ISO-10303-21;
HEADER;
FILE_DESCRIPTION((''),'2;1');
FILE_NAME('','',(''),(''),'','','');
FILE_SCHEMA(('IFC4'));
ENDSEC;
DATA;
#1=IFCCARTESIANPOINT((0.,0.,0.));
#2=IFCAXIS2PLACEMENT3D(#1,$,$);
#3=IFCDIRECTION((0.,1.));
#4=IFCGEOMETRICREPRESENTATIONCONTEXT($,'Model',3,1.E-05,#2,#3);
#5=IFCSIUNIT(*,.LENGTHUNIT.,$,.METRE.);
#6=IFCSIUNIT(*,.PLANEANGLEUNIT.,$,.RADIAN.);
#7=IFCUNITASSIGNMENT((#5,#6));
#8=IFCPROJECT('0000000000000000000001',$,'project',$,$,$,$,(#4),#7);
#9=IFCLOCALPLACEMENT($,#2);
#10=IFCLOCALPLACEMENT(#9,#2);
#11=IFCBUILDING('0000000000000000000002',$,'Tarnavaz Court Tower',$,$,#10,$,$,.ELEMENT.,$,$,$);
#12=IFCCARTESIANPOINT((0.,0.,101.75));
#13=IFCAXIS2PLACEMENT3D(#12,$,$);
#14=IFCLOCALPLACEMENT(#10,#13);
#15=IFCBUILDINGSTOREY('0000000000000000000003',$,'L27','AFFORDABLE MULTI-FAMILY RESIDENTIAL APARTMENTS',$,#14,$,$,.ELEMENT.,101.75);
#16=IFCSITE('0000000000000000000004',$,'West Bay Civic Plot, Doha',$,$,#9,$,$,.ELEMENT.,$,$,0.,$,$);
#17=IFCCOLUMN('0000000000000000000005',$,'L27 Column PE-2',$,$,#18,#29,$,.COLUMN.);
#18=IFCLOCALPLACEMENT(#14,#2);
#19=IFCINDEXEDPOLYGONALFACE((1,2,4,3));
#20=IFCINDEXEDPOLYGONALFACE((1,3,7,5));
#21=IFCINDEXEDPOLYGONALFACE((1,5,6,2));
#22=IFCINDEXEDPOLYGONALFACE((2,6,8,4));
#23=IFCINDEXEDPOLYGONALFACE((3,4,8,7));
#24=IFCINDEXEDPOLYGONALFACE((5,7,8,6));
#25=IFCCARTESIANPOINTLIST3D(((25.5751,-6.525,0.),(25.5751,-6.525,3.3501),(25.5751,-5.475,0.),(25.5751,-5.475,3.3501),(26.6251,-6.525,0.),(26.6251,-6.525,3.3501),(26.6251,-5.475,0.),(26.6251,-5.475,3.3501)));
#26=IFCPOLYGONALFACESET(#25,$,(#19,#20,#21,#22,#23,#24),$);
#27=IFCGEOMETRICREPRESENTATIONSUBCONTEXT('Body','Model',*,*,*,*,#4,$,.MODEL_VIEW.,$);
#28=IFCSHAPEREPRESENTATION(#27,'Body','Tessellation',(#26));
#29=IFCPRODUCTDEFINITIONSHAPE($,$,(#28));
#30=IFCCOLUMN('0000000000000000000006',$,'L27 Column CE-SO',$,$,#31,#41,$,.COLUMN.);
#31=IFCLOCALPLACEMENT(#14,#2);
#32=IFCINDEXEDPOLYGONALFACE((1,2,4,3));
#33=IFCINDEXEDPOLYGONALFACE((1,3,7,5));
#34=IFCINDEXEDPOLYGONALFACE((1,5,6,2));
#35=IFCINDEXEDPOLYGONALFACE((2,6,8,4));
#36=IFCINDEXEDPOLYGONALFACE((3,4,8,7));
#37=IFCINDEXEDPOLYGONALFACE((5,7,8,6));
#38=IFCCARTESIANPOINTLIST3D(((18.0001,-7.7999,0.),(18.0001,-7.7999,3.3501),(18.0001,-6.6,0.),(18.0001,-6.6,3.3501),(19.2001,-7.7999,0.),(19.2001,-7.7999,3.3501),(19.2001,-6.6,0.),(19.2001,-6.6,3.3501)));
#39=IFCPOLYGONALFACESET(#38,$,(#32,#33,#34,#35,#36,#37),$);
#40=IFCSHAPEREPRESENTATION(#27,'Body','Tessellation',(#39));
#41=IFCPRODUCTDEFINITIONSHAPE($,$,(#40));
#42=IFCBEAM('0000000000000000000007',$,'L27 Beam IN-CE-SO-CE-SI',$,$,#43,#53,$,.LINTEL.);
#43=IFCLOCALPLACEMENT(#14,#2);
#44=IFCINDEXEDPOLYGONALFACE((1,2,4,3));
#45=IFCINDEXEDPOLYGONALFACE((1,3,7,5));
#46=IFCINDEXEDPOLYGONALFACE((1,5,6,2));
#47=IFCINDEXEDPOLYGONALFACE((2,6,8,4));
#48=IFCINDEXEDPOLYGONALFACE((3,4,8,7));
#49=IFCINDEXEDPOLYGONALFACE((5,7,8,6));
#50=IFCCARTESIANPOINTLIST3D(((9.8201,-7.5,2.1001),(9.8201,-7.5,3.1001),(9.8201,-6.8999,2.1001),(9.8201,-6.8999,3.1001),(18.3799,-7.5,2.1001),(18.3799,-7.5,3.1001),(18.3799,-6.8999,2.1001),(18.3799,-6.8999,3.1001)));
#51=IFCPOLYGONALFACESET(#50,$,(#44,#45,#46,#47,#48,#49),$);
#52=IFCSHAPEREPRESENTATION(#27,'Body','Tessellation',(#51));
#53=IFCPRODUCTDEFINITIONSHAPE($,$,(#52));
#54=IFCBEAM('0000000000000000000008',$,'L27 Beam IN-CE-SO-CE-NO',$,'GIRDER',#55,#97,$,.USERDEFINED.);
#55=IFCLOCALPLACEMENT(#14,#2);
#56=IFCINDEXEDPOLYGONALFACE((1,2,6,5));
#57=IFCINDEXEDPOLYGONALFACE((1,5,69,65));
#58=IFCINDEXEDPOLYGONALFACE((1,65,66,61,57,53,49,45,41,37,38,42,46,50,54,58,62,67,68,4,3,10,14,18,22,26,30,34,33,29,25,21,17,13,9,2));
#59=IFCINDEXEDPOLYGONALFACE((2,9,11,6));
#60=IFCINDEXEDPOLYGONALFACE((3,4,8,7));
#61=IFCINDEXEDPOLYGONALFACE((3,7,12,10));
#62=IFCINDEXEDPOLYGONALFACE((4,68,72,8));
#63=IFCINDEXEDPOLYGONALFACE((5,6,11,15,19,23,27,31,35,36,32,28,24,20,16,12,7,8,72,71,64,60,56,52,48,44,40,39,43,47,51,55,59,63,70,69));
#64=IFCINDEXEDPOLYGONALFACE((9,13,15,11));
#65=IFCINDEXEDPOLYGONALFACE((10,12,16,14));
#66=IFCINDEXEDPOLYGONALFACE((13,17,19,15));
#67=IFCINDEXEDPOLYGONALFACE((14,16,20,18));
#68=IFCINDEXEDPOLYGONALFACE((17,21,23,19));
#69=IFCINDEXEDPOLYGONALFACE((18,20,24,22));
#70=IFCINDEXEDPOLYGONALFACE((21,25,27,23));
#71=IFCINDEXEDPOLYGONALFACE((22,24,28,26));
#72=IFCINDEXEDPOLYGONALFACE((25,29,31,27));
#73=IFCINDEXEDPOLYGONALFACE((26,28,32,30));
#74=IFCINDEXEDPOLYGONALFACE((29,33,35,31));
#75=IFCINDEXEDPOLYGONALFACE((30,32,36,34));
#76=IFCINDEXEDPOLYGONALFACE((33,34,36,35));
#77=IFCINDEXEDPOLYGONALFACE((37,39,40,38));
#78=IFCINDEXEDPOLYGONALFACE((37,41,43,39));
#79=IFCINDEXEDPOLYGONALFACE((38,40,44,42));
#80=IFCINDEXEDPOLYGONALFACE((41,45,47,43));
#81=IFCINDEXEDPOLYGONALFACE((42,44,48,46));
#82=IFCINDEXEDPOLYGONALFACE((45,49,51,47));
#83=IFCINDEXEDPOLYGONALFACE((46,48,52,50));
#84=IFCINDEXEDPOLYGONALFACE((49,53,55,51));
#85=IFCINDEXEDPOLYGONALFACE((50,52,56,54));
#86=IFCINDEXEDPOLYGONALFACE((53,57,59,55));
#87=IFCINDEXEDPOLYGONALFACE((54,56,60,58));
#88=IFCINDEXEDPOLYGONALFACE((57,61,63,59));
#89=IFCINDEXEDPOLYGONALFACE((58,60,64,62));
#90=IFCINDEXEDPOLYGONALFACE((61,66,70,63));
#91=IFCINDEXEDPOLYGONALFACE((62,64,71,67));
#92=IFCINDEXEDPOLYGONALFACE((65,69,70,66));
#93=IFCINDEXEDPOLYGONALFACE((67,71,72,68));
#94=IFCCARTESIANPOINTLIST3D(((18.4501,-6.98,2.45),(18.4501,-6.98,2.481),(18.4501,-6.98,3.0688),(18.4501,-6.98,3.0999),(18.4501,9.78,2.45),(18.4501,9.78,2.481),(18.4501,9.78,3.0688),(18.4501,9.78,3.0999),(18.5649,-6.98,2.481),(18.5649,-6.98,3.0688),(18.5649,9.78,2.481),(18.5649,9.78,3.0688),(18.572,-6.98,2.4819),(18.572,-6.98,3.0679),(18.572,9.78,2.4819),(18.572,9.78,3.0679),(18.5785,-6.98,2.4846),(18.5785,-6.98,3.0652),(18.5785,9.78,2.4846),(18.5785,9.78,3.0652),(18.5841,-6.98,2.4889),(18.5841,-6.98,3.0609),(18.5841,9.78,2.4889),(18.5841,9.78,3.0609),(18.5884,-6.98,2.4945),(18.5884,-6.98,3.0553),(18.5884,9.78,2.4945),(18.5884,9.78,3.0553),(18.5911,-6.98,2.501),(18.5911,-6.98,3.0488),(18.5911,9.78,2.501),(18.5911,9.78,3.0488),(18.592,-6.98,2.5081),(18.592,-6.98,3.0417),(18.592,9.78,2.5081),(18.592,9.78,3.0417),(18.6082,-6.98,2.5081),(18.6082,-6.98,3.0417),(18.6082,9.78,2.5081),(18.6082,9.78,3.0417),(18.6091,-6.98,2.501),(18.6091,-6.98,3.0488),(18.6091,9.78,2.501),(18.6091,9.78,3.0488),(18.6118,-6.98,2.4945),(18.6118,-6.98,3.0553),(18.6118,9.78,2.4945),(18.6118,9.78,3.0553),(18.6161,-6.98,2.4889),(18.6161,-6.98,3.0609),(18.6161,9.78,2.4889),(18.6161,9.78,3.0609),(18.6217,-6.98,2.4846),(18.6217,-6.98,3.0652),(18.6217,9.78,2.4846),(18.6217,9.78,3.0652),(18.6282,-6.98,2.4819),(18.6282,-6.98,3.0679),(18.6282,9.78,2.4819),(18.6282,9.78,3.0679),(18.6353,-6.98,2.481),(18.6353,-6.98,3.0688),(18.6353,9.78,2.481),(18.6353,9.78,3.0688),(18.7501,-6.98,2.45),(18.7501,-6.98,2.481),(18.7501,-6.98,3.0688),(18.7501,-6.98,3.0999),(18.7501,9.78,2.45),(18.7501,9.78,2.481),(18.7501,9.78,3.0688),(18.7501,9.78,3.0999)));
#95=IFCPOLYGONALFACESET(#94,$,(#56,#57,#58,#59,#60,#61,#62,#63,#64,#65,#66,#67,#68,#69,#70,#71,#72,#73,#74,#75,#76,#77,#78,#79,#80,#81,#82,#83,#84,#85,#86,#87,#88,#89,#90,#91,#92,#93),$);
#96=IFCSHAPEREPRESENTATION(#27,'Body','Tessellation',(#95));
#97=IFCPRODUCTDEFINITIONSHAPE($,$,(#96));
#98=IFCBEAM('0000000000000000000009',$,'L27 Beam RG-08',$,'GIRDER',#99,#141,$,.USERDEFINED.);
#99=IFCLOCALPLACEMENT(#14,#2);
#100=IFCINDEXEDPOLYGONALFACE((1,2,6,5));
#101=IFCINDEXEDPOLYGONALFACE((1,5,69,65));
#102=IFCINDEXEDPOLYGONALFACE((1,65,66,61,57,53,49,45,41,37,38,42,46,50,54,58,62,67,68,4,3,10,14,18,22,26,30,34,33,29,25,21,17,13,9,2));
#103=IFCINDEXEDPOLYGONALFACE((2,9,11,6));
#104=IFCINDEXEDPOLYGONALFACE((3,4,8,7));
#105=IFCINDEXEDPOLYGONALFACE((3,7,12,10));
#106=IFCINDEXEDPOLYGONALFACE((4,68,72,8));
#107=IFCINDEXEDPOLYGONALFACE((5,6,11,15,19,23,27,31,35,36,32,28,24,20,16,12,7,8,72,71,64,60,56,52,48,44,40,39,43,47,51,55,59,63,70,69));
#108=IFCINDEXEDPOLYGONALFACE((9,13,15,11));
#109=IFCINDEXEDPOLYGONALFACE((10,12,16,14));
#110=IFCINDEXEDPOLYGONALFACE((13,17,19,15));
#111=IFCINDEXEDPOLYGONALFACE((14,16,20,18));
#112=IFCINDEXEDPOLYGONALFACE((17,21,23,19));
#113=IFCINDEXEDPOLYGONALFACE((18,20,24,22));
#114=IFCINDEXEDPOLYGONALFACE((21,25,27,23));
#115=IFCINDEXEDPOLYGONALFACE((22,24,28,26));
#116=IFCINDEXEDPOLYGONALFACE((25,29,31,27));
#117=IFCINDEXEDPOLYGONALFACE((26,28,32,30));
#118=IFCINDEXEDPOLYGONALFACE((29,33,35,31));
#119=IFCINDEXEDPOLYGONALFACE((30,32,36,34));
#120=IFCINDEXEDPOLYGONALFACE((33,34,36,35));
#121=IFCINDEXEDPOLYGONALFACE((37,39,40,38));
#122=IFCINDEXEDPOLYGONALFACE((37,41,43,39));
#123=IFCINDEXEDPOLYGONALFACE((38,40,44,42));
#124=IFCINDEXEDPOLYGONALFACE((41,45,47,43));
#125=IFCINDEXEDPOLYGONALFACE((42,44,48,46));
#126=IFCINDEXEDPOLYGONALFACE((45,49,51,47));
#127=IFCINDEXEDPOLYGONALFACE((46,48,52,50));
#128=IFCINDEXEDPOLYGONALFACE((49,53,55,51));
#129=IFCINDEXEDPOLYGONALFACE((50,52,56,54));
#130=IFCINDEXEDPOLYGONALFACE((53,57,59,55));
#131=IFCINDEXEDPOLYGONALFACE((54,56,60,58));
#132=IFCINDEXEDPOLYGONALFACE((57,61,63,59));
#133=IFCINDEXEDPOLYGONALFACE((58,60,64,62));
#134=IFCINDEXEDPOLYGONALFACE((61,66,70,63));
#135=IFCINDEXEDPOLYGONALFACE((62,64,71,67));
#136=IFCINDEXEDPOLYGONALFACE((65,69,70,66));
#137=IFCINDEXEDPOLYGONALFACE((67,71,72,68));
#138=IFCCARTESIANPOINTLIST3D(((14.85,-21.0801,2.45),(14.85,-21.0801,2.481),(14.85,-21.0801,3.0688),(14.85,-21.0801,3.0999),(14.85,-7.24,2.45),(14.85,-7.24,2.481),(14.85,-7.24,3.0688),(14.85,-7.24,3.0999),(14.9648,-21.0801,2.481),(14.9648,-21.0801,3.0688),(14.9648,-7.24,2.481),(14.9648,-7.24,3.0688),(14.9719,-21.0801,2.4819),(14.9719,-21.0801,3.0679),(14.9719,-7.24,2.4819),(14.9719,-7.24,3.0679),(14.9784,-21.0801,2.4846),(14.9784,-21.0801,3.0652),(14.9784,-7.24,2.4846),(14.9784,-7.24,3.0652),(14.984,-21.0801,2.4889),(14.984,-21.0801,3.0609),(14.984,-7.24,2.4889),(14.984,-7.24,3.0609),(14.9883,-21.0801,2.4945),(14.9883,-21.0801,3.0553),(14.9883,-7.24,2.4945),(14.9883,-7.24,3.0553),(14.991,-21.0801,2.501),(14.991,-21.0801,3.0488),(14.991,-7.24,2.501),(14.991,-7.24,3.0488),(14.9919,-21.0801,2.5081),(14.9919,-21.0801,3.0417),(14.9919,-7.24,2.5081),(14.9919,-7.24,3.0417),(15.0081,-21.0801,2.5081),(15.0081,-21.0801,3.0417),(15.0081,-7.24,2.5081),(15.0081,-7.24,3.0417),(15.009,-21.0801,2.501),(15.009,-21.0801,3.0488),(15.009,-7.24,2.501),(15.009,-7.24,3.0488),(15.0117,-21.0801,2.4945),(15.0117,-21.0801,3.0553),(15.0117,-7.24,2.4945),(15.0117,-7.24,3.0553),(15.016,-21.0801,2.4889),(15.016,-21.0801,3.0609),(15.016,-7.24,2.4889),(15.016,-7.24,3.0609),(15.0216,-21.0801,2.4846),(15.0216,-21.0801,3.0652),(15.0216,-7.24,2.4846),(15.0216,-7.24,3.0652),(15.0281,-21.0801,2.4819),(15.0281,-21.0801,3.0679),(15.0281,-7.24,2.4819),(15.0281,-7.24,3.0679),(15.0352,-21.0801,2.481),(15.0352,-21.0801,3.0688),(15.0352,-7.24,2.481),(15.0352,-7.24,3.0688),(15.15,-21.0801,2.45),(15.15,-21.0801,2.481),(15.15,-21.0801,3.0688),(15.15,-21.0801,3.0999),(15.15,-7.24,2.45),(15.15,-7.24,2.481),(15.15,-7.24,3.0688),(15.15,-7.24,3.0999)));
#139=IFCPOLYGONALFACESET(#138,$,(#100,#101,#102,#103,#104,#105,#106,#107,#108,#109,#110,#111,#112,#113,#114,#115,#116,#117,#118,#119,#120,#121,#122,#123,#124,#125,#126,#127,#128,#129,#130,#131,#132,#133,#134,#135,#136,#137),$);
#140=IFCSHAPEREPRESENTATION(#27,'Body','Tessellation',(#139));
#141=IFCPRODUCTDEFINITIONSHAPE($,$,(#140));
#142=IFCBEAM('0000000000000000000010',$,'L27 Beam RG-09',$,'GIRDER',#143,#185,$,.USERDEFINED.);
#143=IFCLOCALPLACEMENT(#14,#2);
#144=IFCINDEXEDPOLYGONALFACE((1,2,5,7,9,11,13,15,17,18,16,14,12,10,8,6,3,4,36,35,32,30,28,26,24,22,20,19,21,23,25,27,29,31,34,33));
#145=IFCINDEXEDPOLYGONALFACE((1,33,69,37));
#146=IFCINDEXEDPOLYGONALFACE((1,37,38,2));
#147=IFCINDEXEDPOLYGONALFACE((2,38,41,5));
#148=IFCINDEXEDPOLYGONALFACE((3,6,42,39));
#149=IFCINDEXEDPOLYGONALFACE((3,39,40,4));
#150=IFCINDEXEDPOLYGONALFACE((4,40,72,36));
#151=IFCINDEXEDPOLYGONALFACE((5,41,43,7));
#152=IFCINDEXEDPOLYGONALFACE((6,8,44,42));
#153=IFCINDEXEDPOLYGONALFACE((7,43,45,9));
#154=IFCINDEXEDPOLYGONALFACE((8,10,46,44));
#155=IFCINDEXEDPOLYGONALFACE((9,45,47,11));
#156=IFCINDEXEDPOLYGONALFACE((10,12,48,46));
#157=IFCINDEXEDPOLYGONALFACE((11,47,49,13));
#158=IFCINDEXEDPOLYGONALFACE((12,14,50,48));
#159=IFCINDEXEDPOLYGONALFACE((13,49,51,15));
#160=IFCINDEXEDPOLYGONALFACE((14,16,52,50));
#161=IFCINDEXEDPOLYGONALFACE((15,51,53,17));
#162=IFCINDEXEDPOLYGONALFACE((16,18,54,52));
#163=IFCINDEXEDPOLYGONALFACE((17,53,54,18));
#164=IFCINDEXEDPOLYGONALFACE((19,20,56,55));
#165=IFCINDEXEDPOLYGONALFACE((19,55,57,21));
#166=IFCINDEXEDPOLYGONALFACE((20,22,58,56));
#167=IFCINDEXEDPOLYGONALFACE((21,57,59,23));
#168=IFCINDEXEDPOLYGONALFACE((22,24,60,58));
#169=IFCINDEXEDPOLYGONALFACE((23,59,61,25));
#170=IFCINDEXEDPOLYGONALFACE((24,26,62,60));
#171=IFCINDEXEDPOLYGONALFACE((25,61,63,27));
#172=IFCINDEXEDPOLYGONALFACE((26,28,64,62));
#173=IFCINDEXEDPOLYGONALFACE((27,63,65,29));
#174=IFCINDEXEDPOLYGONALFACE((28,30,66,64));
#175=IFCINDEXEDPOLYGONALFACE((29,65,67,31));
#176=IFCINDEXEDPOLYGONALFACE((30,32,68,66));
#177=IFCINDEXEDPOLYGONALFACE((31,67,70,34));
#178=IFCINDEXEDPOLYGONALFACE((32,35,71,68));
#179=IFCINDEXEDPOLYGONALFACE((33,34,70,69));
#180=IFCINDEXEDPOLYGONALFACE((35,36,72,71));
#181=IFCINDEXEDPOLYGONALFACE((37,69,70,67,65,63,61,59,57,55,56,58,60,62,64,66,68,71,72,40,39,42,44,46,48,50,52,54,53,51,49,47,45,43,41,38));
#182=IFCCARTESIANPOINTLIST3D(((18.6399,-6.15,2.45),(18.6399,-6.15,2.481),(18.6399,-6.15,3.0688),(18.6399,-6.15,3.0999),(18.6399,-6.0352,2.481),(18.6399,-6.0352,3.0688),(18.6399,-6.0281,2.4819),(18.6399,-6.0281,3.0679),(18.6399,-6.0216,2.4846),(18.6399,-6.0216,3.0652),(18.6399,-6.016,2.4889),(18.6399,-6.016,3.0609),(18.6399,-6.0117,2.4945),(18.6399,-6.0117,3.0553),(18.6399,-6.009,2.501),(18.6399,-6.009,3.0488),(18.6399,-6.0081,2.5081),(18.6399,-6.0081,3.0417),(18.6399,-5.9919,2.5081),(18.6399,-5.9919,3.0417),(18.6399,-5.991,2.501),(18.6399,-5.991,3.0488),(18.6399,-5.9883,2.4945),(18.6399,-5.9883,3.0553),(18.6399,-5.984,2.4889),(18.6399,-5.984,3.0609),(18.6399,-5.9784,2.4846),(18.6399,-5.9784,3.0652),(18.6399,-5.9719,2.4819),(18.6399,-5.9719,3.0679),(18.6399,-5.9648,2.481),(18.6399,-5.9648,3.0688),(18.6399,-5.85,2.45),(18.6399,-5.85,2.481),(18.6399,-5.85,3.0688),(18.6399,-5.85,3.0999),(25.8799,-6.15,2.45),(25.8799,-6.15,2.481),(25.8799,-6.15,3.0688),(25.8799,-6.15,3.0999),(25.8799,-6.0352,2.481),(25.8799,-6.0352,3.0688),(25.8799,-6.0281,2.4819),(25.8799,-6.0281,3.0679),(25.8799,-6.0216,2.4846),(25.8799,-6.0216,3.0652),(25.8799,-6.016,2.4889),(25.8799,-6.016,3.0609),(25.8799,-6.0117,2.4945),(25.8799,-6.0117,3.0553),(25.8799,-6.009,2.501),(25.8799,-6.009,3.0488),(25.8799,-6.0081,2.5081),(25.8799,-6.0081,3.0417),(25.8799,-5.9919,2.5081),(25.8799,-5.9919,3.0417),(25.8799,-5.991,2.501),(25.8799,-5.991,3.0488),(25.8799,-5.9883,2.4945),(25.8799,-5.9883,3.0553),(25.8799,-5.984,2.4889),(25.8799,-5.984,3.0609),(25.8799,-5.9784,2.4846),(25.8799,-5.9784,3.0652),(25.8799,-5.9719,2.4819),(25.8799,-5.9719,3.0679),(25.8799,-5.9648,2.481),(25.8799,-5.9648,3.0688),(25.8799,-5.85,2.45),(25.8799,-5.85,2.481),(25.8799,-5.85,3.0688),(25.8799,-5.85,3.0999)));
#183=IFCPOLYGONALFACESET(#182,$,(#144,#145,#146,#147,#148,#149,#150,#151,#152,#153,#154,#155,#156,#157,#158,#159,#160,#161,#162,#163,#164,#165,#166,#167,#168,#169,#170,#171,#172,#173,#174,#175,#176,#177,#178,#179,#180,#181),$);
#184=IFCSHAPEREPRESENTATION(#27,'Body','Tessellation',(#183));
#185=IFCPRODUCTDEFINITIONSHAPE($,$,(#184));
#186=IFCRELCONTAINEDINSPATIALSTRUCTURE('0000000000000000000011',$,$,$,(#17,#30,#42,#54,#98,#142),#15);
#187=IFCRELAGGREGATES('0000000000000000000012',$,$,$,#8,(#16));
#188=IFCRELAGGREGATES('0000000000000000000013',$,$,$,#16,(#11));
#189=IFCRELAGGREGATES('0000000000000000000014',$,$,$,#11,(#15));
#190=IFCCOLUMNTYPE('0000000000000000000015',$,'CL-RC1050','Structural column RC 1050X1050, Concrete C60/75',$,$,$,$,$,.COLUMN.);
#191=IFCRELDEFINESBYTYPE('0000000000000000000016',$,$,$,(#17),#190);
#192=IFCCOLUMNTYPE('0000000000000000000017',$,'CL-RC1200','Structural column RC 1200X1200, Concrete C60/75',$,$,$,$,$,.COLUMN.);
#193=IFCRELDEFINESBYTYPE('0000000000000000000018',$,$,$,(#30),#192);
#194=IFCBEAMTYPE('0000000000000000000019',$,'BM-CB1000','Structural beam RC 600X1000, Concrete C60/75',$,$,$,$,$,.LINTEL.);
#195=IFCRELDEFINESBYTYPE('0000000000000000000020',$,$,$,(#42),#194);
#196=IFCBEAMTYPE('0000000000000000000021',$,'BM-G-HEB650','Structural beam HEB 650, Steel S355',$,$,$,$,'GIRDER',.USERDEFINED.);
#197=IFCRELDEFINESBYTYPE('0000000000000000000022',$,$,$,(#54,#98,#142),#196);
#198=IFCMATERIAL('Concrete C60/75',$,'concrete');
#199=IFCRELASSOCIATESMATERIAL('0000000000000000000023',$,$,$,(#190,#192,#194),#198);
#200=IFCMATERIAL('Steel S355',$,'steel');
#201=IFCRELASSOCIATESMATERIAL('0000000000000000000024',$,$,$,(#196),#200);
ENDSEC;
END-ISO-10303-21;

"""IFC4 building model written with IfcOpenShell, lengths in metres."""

from ifc_helpers import new_model, si_unit, direction, frame, origin, origin_2d, place, context, subcontext, project, spatial, rectangle, i_section, extrude, material, material_profile, profile_set, type_object, element, save


model = new_model("IFC4")

# Units and contexts
model_context = context("Model", 3, precision=1e-05, world=origin(), true_north=direction((0.0, 1.0)))
body_context = subcontext(model_context, "Body", "Model", "MODEL_VIEW")
ifc_project = project(units=[si_unit("LENGTHUNIT", "METRE"), si_unit("PLANEANGLEUNIT", "RADIAN")], contexts=[model_context])

# Site, building, storey
site_placement = place(None, origin())
site = spatial("IfcSite", under=ifc_project, at=site_placement, Name="West Bay Civic Plot, Doha", CompositionType="ELEMENT", RefElevation=0.0)
building_placement = place(site_placement, origin())
building = spatial("IfcBuilding", under=site, at=building_placement, Name="Tarnavaz Court Tower", CompositionType="ELEMENT")
storey_placement = place(building_placement, frame((0.0, 0.0, 101.75)))
storey = spatial("IfcBuildingStorey", under=building, at=storey_placement, Name="L27", Description="AFFORDABLE MULTI-FAMILY RESIDENTIAL APARTMENTS", CompositionType="ELEMENT", Elevation=101.75)

# Columns
ifc_material_1 = material(Name="Concrete C60/75", Category="concrete")
ifc_material_profile_1 = material_profile(ifc_material_1, rectangle(XDim=1.05, YDim=1.05, at=origin_2d()), Name="RC 1050X1050")
ifc_profile_set_1 = profile_set([ifc_material_profile_1], Name="Concrete C60/75")
column_type_1 = type_object("IfcColumnType", Name="CL-RC1050", Description="Structural column RC 1050X1050, Concrete C60/75", PredefinedType="COLUMN", material=ifc_profile_set_1)
column_1_placement = place(storey_placement, frame((26.1001, -6.0, 0.0), z_axis=(0.0, 0.0, 1.0), x_axis=(1.0, 0.0, 0.0)))
element("IfcColumn", 1, at=column_1_placement, inside=storey, type_object=column_type_1, Name="L27 Column PE-2", PredefinedType="COLUMN", context=body_context, shape_type="SweptSolid", body=[
    extrude(rectangle(XDim=1.05, YDim=1.05, at=origin_2d()), origin(), (0.0, 0.0, 1.0), 3.3501),
])
ifc_material_profile_2 = material_profile(ifc_material_1, rectangle(XDim=1.2, YDim=1.2, at=origin_2d()), Name="RC 1200X1200")
ifc_profile_set_2 = profile_set([ifc_material_profile_2], Name="Concrete C60/75")
column_type_2 = type_object("IfcColumnType", Name="CL-RC1200", Description="Structural column RC 1200X1200, Concrete C60/75", PredefinedType="COLUMN", material=ifc_profile_set_2)
column_2_placement = place(storey_placement, frame((18.6001, -7.2, 0.0), z_axis=(0.0, 0.0, 1.0), x_axis=(1.0, 0.0, 0.0)))
element("IfcColumn", 2, at=column_2_placement, inside=storey, type_object=column_type_2, Name="L27 Column CE-SO", PredefinedType="COLUMN", context=body_context, shape_type="SweptSolid", body=[
    extrude(rectangle(XDim=1.2, YDim=1.2, at=origin_2d()), origin(), (0.0, 0.0, 1.0), 3.3501),
])

# Beams
ifc_material_profile_3 = material_profile(ifc_material_1, rectangle(XDim=0.6001, YDim=1.0, at=origin_2d()), Name="RC 600X1000")
ifc_profile_set_3 = profile_set([ifc_material_profile_3], Name="Concrete C60/75")
beam_type_1 = type_object("IfcBeamType", Name="BM-CB1000", Description="Structural beam RC 600X1000, Concrete C60/75", PredefinedType="LINTEL", material=ifc_profile_set_3)
beam_1_placement = place(storey_placement, frame((18.3799, -7.2, 2.6001), z_axis=(-1.0, 0.0, 0.0), x_axis=(0.0, -1.0, 0.0)))
element("IfcBeam", 3, at=beam_1_placement, inside=storey, type_object=beam_type_1, Name="L27 Beam IN-CE-SO-CE-SI", PredefinedType="LINTEL", context=body_context, shape_type="SweptSolid", body=[
    extrude(rectangle(XDim=0.6001, YDim=1.0, at=origin_2d()), origin(), (0.0, 0.0, 1.0), 8.5598),
])
ifc_material_2 = material(Name="Steel S355", Category="steel")
ifc_material_profile_4 = material_profile(ifc_material_2, i_section(OverallWidth=0.3, OverallDepth=0.6499, WebThickness=0.0161, FlangeThickness=0.031, FilletRadius=0.0271, at=origin_2d()), Name="HEB 650")
ifc_profile_set_4 = profile_set([ifc_material_profile_4], Name="Steel S355")
beam_type_2 = type_object("IfcBeamType", Name="BM-G-HEB650", Description="Structural beam HEB 650, Steel S355", ElementType="GIRDER", PredefinedType="USERDEFINED", material=ifc_profile_set_4)
beam_2_placement = place(storey_placement, frame((18.6001, -6.98, 2.7749), z_axis=(0.0, 1.0, 0.0), x_axis=(-1.0, 0.0, 0.0)))
element("IfcBeam", 4, at=beam_2_placement, inside=storey, type_object=beam_type_2, Name="L27 Beam IN-CE-SO-CE-NO", ObjectType="GIRDER", PredefinedType="USERDEFINED", context=body_context, shape_type="SweptSolid", body=[
    extrude(i_section(OverallWidth=0.3, OverallDepth=0.6499, WebThickness=0.0161, FlangeThickness=0.031, FilletRadius=0.0271, at=origin_2d()), origin(), (0.0, 0.0, 1.0), 16.76),
])
beam_3_placement = place(storey_placement, frame((15.0, -7.24, 2.7749), z_axis=(0.0, -1.0, 0.0), x_axis=(1.0, 0.0, 0.0)))
element("IfcBeam", 5, at=beam_3_placement, inside=storey, type_object=beam_type_2, Name="L27 Beam RG-08", ObjectType="GIRDER", PredefinedType="USERDEFINED", context=body_context, shape_type="SweptSolid", body=[
    extrude(i_section(OverallWidth=0.3, OverallDepth=0.6499, WebThickness=0.0161, FlangeThickness=0.031, FilletRadius=0.0271, at=origin_2d()), origin(), (0.0, 0.0, 1.0), 13.8401),
])
beam_4_placement = place(storey_placement, frame((18.6399, -6.0, 2.7749), z_axis=(1.0, 0.0, 0.0), x_axis=(0.0, 1.0, 0.0)))
element("IfcBeam", 6, at=beam_4_placement, inside=storey, type_object=beam_type_2, Name="L27 Beam RG-09", ObjectType="GIRDER", PredefinedType="USERDEFINED", context=body_context, shape_type="SweptSolid", body=[
    extrude(i_section(OverallWidth=0.3, OverallDepth=0.6499, WebThickness=0.0161, FlangeThickness=0.031, FilletRadius=0.0271, at=origin_2d()), origin(), (0.0, 0.0, 1.0), 7.24),
])

save(model, "model.ifc")
